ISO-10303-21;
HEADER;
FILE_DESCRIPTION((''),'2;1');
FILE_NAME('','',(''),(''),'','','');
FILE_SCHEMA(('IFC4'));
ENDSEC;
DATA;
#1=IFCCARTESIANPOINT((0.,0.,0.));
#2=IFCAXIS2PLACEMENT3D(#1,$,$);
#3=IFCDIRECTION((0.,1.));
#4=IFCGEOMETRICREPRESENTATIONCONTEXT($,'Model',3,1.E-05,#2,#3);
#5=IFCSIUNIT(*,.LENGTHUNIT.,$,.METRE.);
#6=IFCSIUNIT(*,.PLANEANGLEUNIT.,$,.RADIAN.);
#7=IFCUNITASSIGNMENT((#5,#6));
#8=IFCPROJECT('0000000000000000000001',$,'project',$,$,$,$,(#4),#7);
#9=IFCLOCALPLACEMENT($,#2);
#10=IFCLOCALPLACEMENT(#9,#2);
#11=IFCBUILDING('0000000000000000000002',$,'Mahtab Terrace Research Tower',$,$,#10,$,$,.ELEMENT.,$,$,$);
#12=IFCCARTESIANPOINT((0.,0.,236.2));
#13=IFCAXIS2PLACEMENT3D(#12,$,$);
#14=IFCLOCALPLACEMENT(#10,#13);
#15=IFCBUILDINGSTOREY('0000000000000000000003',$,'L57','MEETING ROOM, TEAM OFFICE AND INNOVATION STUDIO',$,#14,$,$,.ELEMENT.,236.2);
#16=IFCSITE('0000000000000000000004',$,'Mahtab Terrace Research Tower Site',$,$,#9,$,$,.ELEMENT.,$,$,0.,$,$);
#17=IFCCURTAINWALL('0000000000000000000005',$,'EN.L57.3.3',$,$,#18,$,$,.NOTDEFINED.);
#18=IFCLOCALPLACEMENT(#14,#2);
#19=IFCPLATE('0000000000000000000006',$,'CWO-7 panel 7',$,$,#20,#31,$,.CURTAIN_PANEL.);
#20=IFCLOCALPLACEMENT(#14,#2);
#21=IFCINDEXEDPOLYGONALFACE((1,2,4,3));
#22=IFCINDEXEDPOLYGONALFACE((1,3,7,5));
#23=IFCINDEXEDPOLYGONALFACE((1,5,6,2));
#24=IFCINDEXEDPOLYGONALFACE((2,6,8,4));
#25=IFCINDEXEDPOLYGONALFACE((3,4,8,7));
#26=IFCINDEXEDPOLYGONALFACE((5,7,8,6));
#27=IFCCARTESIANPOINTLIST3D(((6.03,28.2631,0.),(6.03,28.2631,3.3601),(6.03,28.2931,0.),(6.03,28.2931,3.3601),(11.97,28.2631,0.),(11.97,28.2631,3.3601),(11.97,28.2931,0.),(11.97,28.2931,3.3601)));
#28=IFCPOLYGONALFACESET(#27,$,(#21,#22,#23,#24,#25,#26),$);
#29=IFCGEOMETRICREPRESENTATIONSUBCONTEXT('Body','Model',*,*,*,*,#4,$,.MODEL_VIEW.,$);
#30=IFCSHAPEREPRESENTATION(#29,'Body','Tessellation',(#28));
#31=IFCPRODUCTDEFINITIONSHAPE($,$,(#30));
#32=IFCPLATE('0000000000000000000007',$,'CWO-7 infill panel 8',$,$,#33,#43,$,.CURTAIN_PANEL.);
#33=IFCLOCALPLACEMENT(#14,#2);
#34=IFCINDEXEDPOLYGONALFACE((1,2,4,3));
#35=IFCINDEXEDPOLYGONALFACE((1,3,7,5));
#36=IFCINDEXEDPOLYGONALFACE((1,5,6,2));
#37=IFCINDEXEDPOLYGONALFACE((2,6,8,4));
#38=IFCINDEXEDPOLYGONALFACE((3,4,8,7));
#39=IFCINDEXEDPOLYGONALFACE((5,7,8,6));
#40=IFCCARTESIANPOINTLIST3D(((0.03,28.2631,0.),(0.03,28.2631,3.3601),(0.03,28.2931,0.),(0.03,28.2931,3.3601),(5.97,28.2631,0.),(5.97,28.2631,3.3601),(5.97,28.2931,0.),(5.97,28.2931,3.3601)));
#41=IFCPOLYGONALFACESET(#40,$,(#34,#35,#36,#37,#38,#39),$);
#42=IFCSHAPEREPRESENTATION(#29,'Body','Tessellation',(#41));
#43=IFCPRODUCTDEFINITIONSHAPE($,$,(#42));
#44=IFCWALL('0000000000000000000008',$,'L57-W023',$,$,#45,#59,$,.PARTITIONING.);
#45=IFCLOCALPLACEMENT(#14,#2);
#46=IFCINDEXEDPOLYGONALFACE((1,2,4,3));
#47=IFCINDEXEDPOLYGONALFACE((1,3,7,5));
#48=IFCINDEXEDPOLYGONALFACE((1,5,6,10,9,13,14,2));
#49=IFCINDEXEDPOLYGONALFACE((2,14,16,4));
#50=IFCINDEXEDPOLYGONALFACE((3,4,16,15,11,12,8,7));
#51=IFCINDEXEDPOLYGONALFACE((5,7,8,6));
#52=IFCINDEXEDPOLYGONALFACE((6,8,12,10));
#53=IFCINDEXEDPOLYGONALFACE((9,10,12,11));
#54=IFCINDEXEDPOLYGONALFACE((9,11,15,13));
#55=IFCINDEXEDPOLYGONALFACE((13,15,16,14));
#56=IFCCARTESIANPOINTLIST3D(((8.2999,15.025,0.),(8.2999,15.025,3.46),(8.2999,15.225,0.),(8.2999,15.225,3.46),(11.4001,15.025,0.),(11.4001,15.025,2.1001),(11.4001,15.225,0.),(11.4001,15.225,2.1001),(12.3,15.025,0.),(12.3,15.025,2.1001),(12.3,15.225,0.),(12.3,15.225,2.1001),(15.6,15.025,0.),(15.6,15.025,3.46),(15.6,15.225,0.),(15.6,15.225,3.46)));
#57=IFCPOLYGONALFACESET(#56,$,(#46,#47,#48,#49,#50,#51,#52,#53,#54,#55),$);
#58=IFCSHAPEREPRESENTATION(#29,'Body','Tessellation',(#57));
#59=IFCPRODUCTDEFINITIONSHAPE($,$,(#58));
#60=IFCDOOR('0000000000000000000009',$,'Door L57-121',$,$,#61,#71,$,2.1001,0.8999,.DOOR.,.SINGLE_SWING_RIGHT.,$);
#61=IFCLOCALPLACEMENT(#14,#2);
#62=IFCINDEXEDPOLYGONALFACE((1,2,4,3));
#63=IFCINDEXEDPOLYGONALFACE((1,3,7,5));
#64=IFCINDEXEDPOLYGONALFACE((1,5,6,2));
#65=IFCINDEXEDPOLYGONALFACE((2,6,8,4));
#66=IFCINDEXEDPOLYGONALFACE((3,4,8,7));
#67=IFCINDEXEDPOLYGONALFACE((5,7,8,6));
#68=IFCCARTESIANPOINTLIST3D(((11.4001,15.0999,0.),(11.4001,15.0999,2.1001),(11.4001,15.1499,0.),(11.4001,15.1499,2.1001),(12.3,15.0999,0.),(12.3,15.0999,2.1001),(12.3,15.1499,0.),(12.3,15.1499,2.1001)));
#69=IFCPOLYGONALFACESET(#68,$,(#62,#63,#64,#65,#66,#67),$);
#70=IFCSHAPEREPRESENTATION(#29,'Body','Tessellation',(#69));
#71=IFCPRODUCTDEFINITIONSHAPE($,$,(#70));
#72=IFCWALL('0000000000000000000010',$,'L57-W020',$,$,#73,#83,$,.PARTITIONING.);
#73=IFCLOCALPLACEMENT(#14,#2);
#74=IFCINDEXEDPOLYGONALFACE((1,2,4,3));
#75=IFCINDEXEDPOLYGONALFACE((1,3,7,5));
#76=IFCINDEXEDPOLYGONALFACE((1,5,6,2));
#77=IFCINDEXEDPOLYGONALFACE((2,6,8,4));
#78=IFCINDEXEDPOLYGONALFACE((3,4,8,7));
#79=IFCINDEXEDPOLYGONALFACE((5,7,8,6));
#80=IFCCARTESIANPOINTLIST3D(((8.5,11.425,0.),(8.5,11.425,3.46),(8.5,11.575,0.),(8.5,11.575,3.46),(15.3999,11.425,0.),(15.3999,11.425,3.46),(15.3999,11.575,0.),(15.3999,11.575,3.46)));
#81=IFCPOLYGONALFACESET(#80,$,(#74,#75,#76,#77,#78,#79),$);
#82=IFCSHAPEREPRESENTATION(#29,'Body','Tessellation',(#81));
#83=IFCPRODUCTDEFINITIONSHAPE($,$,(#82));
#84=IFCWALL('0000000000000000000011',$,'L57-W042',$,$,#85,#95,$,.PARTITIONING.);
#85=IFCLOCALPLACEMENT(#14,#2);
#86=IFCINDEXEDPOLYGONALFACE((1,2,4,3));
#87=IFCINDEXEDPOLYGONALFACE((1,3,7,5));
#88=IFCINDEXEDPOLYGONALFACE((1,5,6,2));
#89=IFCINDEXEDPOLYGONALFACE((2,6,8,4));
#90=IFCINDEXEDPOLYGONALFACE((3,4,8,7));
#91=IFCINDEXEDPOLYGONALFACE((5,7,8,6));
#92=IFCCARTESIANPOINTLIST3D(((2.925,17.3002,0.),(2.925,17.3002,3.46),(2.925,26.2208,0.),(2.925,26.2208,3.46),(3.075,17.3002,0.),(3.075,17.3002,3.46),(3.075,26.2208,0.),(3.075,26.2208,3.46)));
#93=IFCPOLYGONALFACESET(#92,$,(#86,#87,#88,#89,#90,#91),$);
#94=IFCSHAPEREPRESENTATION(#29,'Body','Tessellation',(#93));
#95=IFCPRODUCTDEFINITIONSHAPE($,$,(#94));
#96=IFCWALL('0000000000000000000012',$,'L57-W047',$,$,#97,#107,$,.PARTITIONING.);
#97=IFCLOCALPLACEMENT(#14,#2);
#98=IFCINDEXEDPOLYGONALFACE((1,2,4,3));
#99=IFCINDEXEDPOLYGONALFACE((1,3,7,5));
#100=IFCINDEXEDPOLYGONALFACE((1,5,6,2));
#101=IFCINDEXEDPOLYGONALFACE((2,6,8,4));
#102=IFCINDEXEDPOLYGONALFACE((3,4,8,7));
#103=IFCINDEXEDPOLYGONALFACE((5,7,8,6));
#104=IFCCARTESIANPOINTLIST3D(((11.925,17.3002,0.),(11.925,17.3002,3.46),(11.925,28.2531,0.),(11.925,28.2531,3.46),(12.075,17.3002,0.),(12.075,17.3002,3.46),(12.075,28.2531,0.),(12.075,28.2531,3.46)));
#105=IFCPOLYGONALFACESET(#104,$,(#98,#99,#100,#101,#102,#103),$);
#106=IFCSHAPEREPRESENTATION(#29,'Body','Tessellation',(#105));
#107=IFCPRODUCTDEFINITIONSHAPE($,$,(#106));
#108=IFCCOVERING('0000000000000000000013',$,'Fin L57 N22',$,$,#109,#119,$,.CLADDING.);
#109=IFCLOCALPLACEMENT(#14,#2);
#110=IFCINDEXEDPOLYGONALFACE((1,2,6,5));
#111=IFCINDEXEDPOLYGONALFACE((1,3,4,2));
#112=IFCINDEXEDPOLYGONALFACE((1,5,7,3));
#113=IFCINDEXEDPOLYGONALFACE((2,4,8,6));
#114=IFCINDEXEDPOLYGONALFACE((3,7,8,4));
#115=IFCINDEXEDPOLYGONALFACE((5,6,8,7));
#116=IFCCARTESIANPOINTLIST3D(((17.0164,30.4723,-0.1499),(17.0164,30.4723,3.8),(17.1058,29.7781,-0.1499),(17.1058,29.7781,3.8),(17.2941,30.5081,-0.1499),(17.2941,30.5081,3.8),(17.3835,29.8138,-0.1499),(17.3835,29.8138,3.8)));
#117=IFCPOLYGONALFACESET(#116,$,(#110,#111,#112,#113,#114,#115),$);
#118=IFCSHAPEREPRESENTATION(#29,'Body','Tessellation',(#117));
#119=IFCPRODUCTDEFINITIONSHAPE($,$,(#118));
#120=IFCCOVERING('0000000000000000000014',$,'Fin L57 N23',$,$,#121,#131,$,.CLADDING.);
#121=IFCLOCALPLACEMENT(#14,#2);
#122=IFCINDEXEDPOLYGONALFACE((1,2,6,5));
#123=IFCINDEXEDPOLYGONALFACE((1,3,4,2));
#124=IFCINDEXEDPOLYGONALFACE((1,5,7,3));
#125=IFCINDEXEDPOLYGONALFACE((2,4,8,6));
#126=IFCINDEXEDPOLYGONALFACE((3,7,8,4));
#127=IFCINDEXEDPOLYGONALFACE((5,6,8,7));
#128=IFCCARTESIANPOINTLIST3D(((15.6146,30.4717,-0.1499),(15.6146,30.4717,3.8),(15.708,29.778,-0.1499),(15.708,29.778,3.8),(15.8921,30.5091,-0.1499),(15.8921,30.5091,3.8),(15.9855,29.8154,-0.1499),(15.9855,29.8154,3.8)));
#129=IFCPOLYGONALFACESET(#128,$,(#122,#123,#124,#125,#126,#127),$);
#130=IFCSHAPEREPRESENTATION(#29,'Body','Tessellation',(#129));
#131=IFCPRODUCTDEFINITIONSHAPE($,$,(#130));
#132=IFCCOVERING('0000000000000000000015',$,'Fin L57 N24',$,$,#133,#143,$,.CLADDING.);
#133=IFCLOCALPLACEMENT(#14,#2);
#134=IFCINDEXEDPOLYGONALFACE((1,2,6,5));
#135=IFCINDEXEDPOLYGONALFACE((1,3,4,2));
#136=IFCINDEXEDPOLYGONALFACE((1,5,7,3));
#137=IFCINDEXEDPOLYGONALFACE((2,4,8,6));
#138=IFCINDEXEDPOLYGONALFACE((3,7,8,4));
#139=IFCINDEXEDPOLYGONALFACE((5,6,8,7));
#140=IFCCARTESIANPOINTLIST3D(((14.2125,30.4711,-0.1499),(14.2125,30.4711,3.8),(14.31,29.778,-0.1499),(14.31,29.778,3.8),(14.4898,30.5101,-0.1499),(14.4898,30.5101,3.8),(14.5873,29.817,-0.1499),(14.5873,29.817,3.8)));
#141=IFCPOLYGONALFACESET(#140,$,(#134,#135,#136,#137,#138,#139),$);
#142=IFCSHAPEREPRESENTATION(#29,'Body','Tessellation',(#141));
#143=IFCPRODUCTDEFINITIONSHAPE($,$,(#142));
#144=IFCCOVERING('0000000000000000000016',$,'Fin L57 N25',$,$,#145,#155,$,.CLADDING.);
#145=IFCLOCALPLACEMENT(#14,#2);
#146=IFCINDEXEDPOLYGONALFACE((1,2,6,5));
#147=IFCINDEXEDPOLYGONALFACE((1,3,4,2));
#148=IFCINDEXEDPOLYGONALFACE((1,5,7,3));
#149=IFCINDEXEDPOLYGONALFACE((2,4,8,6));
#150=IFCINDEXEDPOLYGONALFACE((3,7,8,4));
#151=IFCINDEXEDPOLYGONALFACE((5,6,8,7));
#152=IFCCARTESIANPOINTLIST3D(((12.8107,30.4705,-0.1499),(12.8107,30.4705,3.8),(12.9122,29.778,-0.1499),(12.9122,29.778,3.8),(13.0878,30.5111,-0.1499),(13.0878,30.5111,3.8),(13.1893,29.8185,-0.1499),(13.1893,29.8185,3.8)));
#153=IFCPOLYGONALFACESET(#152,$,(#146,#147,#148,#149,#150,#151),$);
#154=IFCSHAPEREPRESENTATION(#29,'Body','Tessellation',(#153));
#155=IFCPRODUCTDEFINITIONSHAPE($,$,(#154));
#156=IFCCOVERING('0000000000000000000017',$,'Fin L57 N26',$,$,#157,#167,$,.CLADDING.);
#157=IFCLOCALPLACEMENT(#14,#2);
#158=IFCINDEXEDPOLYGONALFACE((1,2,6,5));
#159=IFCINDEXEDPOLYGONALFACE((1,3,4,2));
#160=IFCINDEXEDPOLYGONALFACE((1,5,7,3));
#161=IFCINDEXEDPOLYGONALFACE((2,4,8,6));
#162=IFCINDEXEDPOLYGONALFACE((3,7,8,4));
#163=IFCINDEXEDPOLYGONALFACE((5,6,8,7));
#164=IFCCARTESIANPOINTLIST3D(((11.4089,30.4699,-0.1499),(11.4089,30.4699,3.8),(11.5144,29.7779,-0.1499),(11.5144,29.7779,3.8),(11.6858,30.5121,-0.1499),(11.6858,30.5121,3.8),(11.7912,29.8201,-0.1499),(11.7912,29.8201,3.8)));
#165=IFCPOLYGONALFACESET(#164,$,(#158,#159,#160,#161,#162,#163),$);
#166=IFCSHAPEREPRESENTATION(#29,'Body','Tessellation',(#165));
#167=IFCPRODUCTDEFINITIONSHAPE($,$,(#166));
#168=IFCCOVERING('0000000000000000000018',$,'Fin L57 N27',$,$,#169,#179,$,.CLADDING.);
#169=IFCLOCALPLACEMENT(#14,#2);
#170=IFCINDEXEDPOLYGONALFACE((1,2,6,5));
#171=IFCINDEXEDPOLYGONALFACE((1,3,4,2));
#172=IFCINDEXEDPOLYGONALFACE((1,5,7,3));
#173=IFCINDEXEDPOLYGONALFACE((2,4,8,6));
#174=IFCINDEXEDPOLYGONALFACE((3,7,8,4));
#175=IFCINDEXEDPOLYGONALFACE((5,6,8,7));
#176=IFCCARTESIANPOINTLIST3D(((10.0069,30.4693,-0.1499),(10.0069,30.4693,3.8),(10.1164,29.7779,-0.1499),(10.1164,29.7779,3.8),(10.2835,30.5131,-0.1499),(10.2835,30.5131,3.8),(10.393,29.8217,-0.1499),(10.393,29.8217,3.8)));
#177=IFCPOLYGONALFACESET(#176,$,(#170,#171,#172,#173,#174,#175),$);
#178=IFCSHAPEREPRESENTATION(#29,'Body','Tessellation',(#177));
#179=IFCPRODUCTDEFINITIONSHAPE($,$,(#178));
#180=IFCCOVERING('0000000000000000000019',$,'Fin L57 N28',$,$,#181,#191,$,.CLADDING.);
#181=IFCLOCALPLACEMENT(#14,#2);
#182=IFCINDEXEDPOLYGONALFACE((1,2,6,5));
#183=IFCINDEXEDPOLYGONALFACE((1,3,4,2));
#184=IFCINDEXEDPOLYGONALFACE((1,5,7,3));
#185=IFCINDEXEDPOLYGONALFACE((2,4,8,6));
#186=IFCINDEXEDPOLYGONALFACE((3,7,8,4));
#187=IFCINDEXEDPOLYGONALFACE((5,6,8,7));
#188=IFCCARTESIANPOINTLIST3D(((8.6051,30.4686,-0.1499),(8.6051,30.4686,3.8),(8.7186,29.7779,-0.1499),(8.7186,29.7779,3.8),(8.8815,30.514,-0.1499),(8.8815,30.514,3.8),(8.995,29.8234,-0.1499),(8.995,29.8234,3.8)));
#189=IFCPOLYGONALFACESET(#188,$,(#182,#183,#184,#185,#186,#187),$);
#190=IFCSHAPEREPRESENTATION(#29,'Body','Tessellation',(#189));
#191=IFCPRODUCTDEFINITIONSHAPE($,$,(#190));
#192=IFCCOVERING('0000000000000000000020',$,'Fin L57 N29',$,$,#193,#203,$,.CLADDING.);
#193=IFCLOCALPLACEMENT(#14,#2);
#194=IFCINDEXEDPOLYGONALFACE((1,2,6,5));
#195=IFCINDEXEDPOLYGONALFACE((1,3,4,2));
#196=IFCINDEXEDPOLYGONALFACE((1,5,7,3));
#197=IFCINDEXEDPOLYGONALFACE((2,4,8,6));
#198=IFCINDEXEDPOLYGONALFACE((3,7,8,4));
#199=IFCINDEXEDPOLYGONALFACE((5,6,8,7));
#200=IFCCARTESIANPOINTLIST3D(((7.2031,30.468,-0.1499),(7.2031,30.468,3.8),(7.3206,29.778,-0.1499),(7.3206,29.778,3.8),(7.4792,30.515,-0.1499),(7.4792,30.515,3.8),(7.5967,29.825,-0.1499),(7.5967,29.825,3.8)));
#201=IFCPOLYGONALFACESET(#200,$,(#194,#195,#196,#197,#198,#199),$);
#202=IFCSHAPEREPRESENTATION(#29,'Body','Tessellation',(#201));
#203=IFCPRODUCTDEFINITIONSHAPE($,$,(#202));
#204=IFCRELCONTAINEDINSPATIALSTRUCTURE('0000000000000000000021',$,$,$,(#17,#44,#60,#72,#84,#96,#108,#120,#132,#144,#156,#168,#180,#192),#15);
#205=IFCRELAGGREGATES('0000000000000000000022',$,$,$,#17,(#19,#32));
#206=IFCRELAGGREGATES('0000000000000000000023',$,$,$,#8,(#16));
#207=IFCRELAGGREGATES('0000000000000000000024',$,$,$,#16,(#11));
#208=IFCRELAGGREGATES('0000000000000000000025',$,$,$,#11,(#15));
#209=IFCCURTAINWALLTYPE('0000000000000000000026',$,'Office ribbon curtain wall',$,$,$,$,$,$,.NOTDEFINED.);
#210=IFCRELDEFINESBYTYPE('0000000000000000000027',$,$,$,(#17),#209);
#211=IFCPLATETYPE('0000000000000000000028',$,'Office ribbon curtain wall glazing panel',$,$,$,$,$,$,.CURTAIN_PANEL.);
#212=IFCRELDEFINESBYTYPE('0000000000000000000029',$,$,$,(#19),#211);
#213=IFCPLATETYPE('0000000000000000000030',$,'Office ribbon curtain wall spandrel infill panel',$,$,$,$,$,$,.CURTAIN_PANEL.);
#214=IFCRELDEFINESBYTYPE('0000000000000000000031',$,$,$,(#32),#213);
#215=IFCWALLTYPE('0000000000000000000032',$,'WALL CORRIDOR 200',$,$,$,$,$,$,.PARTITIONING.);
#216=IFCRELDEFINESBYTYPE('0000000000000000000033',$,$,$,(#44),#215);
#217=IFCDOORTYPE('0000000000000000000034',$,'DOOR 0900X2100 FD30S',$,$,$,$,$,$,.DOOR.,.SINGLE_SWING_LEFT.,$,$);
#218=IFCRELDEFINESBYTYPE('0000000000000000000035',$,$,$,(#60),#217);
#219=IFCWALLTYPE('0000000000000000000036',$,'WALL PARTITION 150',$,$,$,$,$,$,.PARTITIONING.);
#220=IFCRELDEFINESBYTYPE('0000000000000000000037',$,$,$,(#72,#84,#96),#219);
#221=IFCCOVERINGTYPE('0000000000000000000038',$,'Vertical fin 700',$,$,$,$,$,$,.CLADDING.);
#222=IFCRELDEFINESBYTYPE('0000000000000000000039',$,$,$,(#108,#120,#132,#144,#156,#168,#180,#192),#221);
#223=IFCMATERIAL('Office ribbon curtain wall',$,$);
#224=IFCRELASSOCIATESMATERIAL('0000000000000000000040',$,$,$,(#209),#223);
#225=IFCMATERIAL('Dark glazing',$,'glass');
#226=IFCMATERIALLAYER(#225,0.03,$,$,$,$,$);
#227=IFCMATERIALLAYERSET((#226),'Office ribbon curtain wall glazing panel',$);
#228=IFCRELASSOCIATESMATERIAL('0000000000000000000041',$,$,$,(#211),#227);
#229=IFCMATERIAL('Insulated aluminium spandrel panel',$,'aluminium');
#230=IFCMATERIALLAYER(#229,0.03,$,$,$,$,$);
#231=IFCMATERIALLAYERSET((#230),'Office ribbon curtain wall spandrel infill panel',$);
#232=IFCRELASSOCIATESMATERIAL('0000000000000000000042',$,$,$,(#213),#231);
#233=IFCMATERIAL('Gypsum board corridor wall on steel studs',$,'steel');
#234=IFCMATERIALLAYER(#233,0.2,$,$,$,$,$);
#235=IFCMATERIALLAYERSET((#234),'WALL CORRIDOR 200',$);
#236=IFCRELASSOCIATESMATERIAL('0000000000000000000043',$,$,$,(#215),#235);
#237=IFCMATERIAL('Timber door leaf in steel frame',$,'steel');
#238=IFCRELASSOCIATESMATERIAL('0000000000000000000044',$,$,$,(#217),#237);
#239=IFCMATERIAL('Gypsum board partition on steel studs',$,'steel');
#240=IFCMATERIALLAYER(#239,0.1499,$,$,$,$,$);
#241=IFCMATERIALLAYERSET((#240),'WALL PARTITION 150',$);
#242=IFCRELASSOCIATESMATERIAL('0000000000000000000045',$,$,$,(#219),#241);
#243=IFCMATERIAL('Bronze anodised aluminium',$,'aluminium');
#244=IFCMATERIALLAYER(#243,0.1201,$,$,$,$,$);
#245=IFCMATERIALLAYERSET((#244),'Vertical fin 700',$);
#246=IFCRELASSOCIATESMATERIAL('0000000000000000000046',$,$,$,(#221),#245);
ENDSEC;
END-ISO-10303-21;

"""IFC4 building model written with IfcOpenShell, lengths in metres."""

from ifc_helpers import new_model, si_unit, direction, frame, frame_2d, origin, origin_2d, place, context, subcontext, project, spatial, rectangle, extrude, material, layer, layer_set, type_object, element, fill, aggregate, save


model = new_model("IFC4")

# Units and contexts
model_context = context("Model", 3, precision=1e-05, world=origin(), true_north=direction((0.0, 1.0)))
body_context = subcontext(model_context, "Body", "Model", "MODEL_VIEW")
ifc_project = project(units=[si_unit("LENGTHUNIT", "METRE"), si_unit("PLANEANGLEUNIT", "RADIAN")], contexts=[model_context])

# Site, building, storey
site_placement = place(None, origin())
site = spatial("IfcSite", under=ifc_project, at=site_placement, Name="Mahtab Terrace Research Tower Site", CompositionType="ELEMENT", RefElevation=0.0)
building_placement = place(site_placement, origin())
building = spatial("IfcBuilding", under=site, at=building_placement, Name="Mahtab Terrace Research Tower", CompositionType="ELEMENT")
storey_placement = place(building_placement, frame((0.0, 0.0, 236.2)))
storey = spatial("IfcBuildingStorey", under=building, at=storey_placement, Name="L57", Description="MEETING ROOM, TEAM OFFICE AND INNOVATION STUDIO", CompositionType="ELEMENT", Elevation=236.2)

# Curtain wall
ifc_material_1 = material(Name="Office ribbon curtain wall")
curtain_wall_type = type_object("IfcCurtainWallType", Name="Office ribbon curtain wall", PredefinedType="NOTDEFINED", material=ifc_material_1)
curtain_wall_placement = place(storey_placement, origin())
curtain_wall = element("IfcCurtainWall", 1, at=curtain_wall_placement, inside=storey, type_object=curtain_wall_type, Name="EN.L57.3.3", PredefinedType="NOTDEFINED")

# Plates
ifc_material_2 = material(Name="Dark glazing", Category="glass")
ifc_layer_1 = layer(ifc_material_2, 0.03)
ifc_layer_set_1 = layer_set([ifc_layer_1], Name="Office ribbon curtain wall glazing panel")
plate_type_1 = type_object("IfcPlateType", Name="Office ribbon curtain wall glazing panel", PredefinedType="CURTAIN_PANEL", material=ifc_layer_set_1)
plate_1_placement = place(storey_placement, frame((9.0, 28.2781, 0.0), z_axis=(0.0, 0.0, 1.0), x_axis=(-1.0, 0.0, 0.0)))
plate_1 = element("IfcPlate", 2, at=plate_1_placement, type_object=plate_type_1, Name="CWO-7 panel 7", PredefinedType="CURTAIN_PANEL", context=body_context, shape_type="SweptSolid", body=[
    extrude(rectangle(XDim=5.9399, YDim=0.03, at=origin_2d()), origin(), (0.0, 0.0, 1.0), 3.3601),
])
ifc_material_3 = material(Name="Insulated aluminium spandrel panel", Category="aluminium")
ifc_layer_2 = layer(ifc_material_3, 0.03)
ifc_layer_set_2 = layer_set([ifc_layer_2], Name="Office ribbon curtain wall spandrel infill panel")
plate_type_2 = type_object("IfcPlateType", Name="Office ribbon curtain wall spandrel infill panel", PredefinedType="CURTAIN_PANEL", material=ifc_layer_set_2)
plate_2_placement = place(storey_placement, frame((3.0, 28.2781, 0.0), z_axis=(0.0, 0.0, 1.0), x_axis=(-1.0, 0.0, 0.0)))
plate_2 = element("IfcPlate", 3, at=plate_2_placement, type_object=plate_type_2, Name="CWO-7 infill panel 8", PredefinedType="CURTAIN_PANEL", context=body_context, shape_type="SweptSolid", body=[
    extrude(rectangle(XDim=5.9399, YDim=0.03, at=origin_2d()), origin(), (0.0, 0.0, 1.0), 3.3601),
])
aggregate(curtain_wall, [plate_1, plate_2])

# Wall, opening, door
ifc_material_4 = material(Name="Gypsum board corridor wall on steel studs", Category="steel")
ifc_layer_3 = layer(ifc_material_4, 0.2)
ifc_layer_set_3 = layer_set([ifc_layer_3], Name="WALL CORRIDOR 200")
wall_type_1 = type_object("IfcWallType", Name="WALL CORRIDOR 200", PredefinedType="PARTITIONING", material=ifc_layer_set_3)
wall_1_placement = place(storey_placement, frame((8.3, 15.125, 0.0), z_axis=(0.0, 0.0, 1.0), x_axis=(1.0, 0.0, 0.0)))
wall_1 = element("IfcWall", 4, at=wall_1_placement, inside=storey, type_object=wall_type_1, Name="L57-W023", PredefinedType="PARTITIONING", context=body_context, shape_type="SweptSolid", body=[
    extrude(rectangle(XDim=7.3, YDim=0.2, at=frame_2d((3.6499, 0.0))), origin(), (0.0, 0.0, 1.0), 3.46),
])
opening_placement = place(wall_1_placement, frame((3.1001, 0.0, 0.0)))
opening = element("IfcOpeningElement", 5, at=opening_placement, cuts=wall_1, PredefinedType="OPENING", context=body_context, shape_type="SweptSolid", body=[
    extrude(rectangle(XDim=0.8999, YDim=2.1001, at=frame_2d((0.45, 1.05))), frame((0.0, 0.1099, 0.0), z_axis=(0.0, -1.0, 0.0), x_axis=(1.0, 0.0, 0.0)), (0.0, 0.0, 1.0), 0.22),
])
ifc_material_5 = material(Name="Timber door leaf in steel frame", Category="steel")
door_type = type_object("IfcDoorType", Name="DOOR 0900X2100 FD30S", OperationType="SINGLE_SWING_LEFT", PredefinedType="DOOR", material=ifc_material_5)
door_placement = place(opening_placement, origin())
door = element("IfcDoor", 6, at=door_placement, inside=storey, type_object=door_type, Name="Door L57-121", OperationType="SINGLE_SWING_RIGHT", OverallHeight=2.1001, OverallWidth=0.8999, PredefinedType="DOOR", context=body_context, shape_type="SweptSolid", body=[
    extrude(rectangle(XDim=0.8999, YDim=2.1001, at=frame_2d((0.45, 1.05))), frame((0.0, 0.0249, 0.0), z_axis=(0.0, -1.0, 0.0), x_axis=(1.0, 0.0, 0.0)), (0.0, 0.0, 1.0), 0.05),
])
fill(opening, door)

# Walls
ifc_material_6 = material(Name="Gypsum board partition on steel studs", Category="steel")
ifc_layer_4 = layer(ifc_material_6, 0.1499)
ifc_layer_set_4 = layer_set([ifc_layer_4], Name="WALL PARTITION 150")
wall_type_2 = type_object("IfcWallType", Name="WALL PARTITION 150", PredefinedType="PARTITIONING", material=ifc_layer_set_4)
wall_2_placement = place(storey_placement, frame((8.5, 11.5, 0.0), z_axis=(0.0, 0.0, 1.0), x_axis=(1.0, 0.0, 0.0)))
element("IfcWall", 7, at=wall_2_placement, inside=storey, type_object=wall_type_2, Name="L57-W020", PredefinedType="PARTITIONING", context=body_context, shape_type="SweptSolid", body=[
    extrude(rectangle(XDim=6.8999, YDim=0.1499, at=frame_2d((3.45, 0.0))), origin(), (0.0, 0.0, 1.0), 3.46),
])
wall_3_placement = place(storey_placement, frame((3.0, 17.3, 0.0), z_axis=(0.0, 0.0, 1.0), x_axis=(0.0, 1.0, 0.0)))
element("IfcWall", 8, at=wall_3_placement, inside=storey, type_object=wall_type_2, Name="L57-W042", PredefinedType="PARTITIONING", context=body_context, shape_type="SweptSolid", body=[
    extrude(rectangle(XDim=8.9207, YDim=0.1499, at=frame_2d((4.4604, 0.0))), origin(), (0.0, 0.0, 1.0), 3.46),
])
wall_4_placement = place(storey_placement, frame((12.0, 17.3, 0.0), z_axis=(0.0, 0.0, 1.0), x_axis=(0.0, 1.0, 0.0)))
element("IfcWall", 9, at=wall_4_placement, inside=storey, type_object=wall_type_2, Name="L57-W047", PredefinedType="PARTITIONING", context=body_context, shape_type="SweptSolid", body=[
    extrude(rectangle(XDim=10.9529, YDim=0.1499, at=frame_2d((5.4766, 0.0))), origin(), (0.0, 0.0, 1.0), 3.46),
])

# Coverings
ifc_material_7 = material(Name="Bronze anodised aluminium", Category="aluminium")
ifc_layer_5 = layer(ifc_material_7, 0.1201)
ifc_layer_set_5 = layer_set([ifc_layer_5], Name="Vertical fin 700")
covering_type = type_object("IfcCoveringType", Name="Vertical fin 700", PredefinedType="CLADDING", material=ifc_layer_set_5)
for number, where, z_axis, x_axis, name in (
    (10, (17.2, 30.1431, -0.1499), (0.0, 0.0, 1.0), (-0.99182, -0.127642, 0.0), "Fin L57 N22"),
    (11, (15.8, 30.1436, -0.1499), (0.0, 0.0, 1.0), (-0.991061, -0.13341, 0.0), "Fin L57 N23"),
    (12, (14.3999, 30.144, -0.1499), (0.0, 0.0, 1.0), (-0.990268, -0.139173, 0.0), "Fin L57 N24"),
    (13, (13.0, 30.1445, -0.1499), (0.0, 0.0, 1.0), (-0.989442, -0.144932, 0.0), "Fin L57 N25"),
    (14, (11.6001, 30.145, -0.1499), (0.0, 0.0, 1.0), (-0.988582, -0.150686, 0.0), "Fin L57 N26"),
    (15, (10.2, 30.1455, -0.1499), (0.0, 0.0, 1.0), (-0.987688, -0.156434, 0.0), "Fin L57 N27"),
    (16, (8.8, 30.146, -0.1499), (0.0, 0.0, 1.0), (-0.986762, -0.162178, 0.0), "Fin L57 N28"),
    (17, (7.3999, 30.1465, -0.1499), (0.0, 0.0, 1.0), (-0.985801, -0.167916, 0.0), "Fin L57 N29"),
):
    element("IfcCovering", number, at=place(storey_placement, frame(where, z_axis=z_axis, x_axis=x_axis)), inside=storey, type_object=covering_type, Name=name, PredefinedType="CLADDING", context=body_context, shape_type="SweptSolid", body=[
        extrude(rectangle(XDim=0.28, YDim=0.7, at=origin_2d()), origin(), (0.0, 0.0, 1.0), 3.95),
    ])

save(model, "model.ifc")
